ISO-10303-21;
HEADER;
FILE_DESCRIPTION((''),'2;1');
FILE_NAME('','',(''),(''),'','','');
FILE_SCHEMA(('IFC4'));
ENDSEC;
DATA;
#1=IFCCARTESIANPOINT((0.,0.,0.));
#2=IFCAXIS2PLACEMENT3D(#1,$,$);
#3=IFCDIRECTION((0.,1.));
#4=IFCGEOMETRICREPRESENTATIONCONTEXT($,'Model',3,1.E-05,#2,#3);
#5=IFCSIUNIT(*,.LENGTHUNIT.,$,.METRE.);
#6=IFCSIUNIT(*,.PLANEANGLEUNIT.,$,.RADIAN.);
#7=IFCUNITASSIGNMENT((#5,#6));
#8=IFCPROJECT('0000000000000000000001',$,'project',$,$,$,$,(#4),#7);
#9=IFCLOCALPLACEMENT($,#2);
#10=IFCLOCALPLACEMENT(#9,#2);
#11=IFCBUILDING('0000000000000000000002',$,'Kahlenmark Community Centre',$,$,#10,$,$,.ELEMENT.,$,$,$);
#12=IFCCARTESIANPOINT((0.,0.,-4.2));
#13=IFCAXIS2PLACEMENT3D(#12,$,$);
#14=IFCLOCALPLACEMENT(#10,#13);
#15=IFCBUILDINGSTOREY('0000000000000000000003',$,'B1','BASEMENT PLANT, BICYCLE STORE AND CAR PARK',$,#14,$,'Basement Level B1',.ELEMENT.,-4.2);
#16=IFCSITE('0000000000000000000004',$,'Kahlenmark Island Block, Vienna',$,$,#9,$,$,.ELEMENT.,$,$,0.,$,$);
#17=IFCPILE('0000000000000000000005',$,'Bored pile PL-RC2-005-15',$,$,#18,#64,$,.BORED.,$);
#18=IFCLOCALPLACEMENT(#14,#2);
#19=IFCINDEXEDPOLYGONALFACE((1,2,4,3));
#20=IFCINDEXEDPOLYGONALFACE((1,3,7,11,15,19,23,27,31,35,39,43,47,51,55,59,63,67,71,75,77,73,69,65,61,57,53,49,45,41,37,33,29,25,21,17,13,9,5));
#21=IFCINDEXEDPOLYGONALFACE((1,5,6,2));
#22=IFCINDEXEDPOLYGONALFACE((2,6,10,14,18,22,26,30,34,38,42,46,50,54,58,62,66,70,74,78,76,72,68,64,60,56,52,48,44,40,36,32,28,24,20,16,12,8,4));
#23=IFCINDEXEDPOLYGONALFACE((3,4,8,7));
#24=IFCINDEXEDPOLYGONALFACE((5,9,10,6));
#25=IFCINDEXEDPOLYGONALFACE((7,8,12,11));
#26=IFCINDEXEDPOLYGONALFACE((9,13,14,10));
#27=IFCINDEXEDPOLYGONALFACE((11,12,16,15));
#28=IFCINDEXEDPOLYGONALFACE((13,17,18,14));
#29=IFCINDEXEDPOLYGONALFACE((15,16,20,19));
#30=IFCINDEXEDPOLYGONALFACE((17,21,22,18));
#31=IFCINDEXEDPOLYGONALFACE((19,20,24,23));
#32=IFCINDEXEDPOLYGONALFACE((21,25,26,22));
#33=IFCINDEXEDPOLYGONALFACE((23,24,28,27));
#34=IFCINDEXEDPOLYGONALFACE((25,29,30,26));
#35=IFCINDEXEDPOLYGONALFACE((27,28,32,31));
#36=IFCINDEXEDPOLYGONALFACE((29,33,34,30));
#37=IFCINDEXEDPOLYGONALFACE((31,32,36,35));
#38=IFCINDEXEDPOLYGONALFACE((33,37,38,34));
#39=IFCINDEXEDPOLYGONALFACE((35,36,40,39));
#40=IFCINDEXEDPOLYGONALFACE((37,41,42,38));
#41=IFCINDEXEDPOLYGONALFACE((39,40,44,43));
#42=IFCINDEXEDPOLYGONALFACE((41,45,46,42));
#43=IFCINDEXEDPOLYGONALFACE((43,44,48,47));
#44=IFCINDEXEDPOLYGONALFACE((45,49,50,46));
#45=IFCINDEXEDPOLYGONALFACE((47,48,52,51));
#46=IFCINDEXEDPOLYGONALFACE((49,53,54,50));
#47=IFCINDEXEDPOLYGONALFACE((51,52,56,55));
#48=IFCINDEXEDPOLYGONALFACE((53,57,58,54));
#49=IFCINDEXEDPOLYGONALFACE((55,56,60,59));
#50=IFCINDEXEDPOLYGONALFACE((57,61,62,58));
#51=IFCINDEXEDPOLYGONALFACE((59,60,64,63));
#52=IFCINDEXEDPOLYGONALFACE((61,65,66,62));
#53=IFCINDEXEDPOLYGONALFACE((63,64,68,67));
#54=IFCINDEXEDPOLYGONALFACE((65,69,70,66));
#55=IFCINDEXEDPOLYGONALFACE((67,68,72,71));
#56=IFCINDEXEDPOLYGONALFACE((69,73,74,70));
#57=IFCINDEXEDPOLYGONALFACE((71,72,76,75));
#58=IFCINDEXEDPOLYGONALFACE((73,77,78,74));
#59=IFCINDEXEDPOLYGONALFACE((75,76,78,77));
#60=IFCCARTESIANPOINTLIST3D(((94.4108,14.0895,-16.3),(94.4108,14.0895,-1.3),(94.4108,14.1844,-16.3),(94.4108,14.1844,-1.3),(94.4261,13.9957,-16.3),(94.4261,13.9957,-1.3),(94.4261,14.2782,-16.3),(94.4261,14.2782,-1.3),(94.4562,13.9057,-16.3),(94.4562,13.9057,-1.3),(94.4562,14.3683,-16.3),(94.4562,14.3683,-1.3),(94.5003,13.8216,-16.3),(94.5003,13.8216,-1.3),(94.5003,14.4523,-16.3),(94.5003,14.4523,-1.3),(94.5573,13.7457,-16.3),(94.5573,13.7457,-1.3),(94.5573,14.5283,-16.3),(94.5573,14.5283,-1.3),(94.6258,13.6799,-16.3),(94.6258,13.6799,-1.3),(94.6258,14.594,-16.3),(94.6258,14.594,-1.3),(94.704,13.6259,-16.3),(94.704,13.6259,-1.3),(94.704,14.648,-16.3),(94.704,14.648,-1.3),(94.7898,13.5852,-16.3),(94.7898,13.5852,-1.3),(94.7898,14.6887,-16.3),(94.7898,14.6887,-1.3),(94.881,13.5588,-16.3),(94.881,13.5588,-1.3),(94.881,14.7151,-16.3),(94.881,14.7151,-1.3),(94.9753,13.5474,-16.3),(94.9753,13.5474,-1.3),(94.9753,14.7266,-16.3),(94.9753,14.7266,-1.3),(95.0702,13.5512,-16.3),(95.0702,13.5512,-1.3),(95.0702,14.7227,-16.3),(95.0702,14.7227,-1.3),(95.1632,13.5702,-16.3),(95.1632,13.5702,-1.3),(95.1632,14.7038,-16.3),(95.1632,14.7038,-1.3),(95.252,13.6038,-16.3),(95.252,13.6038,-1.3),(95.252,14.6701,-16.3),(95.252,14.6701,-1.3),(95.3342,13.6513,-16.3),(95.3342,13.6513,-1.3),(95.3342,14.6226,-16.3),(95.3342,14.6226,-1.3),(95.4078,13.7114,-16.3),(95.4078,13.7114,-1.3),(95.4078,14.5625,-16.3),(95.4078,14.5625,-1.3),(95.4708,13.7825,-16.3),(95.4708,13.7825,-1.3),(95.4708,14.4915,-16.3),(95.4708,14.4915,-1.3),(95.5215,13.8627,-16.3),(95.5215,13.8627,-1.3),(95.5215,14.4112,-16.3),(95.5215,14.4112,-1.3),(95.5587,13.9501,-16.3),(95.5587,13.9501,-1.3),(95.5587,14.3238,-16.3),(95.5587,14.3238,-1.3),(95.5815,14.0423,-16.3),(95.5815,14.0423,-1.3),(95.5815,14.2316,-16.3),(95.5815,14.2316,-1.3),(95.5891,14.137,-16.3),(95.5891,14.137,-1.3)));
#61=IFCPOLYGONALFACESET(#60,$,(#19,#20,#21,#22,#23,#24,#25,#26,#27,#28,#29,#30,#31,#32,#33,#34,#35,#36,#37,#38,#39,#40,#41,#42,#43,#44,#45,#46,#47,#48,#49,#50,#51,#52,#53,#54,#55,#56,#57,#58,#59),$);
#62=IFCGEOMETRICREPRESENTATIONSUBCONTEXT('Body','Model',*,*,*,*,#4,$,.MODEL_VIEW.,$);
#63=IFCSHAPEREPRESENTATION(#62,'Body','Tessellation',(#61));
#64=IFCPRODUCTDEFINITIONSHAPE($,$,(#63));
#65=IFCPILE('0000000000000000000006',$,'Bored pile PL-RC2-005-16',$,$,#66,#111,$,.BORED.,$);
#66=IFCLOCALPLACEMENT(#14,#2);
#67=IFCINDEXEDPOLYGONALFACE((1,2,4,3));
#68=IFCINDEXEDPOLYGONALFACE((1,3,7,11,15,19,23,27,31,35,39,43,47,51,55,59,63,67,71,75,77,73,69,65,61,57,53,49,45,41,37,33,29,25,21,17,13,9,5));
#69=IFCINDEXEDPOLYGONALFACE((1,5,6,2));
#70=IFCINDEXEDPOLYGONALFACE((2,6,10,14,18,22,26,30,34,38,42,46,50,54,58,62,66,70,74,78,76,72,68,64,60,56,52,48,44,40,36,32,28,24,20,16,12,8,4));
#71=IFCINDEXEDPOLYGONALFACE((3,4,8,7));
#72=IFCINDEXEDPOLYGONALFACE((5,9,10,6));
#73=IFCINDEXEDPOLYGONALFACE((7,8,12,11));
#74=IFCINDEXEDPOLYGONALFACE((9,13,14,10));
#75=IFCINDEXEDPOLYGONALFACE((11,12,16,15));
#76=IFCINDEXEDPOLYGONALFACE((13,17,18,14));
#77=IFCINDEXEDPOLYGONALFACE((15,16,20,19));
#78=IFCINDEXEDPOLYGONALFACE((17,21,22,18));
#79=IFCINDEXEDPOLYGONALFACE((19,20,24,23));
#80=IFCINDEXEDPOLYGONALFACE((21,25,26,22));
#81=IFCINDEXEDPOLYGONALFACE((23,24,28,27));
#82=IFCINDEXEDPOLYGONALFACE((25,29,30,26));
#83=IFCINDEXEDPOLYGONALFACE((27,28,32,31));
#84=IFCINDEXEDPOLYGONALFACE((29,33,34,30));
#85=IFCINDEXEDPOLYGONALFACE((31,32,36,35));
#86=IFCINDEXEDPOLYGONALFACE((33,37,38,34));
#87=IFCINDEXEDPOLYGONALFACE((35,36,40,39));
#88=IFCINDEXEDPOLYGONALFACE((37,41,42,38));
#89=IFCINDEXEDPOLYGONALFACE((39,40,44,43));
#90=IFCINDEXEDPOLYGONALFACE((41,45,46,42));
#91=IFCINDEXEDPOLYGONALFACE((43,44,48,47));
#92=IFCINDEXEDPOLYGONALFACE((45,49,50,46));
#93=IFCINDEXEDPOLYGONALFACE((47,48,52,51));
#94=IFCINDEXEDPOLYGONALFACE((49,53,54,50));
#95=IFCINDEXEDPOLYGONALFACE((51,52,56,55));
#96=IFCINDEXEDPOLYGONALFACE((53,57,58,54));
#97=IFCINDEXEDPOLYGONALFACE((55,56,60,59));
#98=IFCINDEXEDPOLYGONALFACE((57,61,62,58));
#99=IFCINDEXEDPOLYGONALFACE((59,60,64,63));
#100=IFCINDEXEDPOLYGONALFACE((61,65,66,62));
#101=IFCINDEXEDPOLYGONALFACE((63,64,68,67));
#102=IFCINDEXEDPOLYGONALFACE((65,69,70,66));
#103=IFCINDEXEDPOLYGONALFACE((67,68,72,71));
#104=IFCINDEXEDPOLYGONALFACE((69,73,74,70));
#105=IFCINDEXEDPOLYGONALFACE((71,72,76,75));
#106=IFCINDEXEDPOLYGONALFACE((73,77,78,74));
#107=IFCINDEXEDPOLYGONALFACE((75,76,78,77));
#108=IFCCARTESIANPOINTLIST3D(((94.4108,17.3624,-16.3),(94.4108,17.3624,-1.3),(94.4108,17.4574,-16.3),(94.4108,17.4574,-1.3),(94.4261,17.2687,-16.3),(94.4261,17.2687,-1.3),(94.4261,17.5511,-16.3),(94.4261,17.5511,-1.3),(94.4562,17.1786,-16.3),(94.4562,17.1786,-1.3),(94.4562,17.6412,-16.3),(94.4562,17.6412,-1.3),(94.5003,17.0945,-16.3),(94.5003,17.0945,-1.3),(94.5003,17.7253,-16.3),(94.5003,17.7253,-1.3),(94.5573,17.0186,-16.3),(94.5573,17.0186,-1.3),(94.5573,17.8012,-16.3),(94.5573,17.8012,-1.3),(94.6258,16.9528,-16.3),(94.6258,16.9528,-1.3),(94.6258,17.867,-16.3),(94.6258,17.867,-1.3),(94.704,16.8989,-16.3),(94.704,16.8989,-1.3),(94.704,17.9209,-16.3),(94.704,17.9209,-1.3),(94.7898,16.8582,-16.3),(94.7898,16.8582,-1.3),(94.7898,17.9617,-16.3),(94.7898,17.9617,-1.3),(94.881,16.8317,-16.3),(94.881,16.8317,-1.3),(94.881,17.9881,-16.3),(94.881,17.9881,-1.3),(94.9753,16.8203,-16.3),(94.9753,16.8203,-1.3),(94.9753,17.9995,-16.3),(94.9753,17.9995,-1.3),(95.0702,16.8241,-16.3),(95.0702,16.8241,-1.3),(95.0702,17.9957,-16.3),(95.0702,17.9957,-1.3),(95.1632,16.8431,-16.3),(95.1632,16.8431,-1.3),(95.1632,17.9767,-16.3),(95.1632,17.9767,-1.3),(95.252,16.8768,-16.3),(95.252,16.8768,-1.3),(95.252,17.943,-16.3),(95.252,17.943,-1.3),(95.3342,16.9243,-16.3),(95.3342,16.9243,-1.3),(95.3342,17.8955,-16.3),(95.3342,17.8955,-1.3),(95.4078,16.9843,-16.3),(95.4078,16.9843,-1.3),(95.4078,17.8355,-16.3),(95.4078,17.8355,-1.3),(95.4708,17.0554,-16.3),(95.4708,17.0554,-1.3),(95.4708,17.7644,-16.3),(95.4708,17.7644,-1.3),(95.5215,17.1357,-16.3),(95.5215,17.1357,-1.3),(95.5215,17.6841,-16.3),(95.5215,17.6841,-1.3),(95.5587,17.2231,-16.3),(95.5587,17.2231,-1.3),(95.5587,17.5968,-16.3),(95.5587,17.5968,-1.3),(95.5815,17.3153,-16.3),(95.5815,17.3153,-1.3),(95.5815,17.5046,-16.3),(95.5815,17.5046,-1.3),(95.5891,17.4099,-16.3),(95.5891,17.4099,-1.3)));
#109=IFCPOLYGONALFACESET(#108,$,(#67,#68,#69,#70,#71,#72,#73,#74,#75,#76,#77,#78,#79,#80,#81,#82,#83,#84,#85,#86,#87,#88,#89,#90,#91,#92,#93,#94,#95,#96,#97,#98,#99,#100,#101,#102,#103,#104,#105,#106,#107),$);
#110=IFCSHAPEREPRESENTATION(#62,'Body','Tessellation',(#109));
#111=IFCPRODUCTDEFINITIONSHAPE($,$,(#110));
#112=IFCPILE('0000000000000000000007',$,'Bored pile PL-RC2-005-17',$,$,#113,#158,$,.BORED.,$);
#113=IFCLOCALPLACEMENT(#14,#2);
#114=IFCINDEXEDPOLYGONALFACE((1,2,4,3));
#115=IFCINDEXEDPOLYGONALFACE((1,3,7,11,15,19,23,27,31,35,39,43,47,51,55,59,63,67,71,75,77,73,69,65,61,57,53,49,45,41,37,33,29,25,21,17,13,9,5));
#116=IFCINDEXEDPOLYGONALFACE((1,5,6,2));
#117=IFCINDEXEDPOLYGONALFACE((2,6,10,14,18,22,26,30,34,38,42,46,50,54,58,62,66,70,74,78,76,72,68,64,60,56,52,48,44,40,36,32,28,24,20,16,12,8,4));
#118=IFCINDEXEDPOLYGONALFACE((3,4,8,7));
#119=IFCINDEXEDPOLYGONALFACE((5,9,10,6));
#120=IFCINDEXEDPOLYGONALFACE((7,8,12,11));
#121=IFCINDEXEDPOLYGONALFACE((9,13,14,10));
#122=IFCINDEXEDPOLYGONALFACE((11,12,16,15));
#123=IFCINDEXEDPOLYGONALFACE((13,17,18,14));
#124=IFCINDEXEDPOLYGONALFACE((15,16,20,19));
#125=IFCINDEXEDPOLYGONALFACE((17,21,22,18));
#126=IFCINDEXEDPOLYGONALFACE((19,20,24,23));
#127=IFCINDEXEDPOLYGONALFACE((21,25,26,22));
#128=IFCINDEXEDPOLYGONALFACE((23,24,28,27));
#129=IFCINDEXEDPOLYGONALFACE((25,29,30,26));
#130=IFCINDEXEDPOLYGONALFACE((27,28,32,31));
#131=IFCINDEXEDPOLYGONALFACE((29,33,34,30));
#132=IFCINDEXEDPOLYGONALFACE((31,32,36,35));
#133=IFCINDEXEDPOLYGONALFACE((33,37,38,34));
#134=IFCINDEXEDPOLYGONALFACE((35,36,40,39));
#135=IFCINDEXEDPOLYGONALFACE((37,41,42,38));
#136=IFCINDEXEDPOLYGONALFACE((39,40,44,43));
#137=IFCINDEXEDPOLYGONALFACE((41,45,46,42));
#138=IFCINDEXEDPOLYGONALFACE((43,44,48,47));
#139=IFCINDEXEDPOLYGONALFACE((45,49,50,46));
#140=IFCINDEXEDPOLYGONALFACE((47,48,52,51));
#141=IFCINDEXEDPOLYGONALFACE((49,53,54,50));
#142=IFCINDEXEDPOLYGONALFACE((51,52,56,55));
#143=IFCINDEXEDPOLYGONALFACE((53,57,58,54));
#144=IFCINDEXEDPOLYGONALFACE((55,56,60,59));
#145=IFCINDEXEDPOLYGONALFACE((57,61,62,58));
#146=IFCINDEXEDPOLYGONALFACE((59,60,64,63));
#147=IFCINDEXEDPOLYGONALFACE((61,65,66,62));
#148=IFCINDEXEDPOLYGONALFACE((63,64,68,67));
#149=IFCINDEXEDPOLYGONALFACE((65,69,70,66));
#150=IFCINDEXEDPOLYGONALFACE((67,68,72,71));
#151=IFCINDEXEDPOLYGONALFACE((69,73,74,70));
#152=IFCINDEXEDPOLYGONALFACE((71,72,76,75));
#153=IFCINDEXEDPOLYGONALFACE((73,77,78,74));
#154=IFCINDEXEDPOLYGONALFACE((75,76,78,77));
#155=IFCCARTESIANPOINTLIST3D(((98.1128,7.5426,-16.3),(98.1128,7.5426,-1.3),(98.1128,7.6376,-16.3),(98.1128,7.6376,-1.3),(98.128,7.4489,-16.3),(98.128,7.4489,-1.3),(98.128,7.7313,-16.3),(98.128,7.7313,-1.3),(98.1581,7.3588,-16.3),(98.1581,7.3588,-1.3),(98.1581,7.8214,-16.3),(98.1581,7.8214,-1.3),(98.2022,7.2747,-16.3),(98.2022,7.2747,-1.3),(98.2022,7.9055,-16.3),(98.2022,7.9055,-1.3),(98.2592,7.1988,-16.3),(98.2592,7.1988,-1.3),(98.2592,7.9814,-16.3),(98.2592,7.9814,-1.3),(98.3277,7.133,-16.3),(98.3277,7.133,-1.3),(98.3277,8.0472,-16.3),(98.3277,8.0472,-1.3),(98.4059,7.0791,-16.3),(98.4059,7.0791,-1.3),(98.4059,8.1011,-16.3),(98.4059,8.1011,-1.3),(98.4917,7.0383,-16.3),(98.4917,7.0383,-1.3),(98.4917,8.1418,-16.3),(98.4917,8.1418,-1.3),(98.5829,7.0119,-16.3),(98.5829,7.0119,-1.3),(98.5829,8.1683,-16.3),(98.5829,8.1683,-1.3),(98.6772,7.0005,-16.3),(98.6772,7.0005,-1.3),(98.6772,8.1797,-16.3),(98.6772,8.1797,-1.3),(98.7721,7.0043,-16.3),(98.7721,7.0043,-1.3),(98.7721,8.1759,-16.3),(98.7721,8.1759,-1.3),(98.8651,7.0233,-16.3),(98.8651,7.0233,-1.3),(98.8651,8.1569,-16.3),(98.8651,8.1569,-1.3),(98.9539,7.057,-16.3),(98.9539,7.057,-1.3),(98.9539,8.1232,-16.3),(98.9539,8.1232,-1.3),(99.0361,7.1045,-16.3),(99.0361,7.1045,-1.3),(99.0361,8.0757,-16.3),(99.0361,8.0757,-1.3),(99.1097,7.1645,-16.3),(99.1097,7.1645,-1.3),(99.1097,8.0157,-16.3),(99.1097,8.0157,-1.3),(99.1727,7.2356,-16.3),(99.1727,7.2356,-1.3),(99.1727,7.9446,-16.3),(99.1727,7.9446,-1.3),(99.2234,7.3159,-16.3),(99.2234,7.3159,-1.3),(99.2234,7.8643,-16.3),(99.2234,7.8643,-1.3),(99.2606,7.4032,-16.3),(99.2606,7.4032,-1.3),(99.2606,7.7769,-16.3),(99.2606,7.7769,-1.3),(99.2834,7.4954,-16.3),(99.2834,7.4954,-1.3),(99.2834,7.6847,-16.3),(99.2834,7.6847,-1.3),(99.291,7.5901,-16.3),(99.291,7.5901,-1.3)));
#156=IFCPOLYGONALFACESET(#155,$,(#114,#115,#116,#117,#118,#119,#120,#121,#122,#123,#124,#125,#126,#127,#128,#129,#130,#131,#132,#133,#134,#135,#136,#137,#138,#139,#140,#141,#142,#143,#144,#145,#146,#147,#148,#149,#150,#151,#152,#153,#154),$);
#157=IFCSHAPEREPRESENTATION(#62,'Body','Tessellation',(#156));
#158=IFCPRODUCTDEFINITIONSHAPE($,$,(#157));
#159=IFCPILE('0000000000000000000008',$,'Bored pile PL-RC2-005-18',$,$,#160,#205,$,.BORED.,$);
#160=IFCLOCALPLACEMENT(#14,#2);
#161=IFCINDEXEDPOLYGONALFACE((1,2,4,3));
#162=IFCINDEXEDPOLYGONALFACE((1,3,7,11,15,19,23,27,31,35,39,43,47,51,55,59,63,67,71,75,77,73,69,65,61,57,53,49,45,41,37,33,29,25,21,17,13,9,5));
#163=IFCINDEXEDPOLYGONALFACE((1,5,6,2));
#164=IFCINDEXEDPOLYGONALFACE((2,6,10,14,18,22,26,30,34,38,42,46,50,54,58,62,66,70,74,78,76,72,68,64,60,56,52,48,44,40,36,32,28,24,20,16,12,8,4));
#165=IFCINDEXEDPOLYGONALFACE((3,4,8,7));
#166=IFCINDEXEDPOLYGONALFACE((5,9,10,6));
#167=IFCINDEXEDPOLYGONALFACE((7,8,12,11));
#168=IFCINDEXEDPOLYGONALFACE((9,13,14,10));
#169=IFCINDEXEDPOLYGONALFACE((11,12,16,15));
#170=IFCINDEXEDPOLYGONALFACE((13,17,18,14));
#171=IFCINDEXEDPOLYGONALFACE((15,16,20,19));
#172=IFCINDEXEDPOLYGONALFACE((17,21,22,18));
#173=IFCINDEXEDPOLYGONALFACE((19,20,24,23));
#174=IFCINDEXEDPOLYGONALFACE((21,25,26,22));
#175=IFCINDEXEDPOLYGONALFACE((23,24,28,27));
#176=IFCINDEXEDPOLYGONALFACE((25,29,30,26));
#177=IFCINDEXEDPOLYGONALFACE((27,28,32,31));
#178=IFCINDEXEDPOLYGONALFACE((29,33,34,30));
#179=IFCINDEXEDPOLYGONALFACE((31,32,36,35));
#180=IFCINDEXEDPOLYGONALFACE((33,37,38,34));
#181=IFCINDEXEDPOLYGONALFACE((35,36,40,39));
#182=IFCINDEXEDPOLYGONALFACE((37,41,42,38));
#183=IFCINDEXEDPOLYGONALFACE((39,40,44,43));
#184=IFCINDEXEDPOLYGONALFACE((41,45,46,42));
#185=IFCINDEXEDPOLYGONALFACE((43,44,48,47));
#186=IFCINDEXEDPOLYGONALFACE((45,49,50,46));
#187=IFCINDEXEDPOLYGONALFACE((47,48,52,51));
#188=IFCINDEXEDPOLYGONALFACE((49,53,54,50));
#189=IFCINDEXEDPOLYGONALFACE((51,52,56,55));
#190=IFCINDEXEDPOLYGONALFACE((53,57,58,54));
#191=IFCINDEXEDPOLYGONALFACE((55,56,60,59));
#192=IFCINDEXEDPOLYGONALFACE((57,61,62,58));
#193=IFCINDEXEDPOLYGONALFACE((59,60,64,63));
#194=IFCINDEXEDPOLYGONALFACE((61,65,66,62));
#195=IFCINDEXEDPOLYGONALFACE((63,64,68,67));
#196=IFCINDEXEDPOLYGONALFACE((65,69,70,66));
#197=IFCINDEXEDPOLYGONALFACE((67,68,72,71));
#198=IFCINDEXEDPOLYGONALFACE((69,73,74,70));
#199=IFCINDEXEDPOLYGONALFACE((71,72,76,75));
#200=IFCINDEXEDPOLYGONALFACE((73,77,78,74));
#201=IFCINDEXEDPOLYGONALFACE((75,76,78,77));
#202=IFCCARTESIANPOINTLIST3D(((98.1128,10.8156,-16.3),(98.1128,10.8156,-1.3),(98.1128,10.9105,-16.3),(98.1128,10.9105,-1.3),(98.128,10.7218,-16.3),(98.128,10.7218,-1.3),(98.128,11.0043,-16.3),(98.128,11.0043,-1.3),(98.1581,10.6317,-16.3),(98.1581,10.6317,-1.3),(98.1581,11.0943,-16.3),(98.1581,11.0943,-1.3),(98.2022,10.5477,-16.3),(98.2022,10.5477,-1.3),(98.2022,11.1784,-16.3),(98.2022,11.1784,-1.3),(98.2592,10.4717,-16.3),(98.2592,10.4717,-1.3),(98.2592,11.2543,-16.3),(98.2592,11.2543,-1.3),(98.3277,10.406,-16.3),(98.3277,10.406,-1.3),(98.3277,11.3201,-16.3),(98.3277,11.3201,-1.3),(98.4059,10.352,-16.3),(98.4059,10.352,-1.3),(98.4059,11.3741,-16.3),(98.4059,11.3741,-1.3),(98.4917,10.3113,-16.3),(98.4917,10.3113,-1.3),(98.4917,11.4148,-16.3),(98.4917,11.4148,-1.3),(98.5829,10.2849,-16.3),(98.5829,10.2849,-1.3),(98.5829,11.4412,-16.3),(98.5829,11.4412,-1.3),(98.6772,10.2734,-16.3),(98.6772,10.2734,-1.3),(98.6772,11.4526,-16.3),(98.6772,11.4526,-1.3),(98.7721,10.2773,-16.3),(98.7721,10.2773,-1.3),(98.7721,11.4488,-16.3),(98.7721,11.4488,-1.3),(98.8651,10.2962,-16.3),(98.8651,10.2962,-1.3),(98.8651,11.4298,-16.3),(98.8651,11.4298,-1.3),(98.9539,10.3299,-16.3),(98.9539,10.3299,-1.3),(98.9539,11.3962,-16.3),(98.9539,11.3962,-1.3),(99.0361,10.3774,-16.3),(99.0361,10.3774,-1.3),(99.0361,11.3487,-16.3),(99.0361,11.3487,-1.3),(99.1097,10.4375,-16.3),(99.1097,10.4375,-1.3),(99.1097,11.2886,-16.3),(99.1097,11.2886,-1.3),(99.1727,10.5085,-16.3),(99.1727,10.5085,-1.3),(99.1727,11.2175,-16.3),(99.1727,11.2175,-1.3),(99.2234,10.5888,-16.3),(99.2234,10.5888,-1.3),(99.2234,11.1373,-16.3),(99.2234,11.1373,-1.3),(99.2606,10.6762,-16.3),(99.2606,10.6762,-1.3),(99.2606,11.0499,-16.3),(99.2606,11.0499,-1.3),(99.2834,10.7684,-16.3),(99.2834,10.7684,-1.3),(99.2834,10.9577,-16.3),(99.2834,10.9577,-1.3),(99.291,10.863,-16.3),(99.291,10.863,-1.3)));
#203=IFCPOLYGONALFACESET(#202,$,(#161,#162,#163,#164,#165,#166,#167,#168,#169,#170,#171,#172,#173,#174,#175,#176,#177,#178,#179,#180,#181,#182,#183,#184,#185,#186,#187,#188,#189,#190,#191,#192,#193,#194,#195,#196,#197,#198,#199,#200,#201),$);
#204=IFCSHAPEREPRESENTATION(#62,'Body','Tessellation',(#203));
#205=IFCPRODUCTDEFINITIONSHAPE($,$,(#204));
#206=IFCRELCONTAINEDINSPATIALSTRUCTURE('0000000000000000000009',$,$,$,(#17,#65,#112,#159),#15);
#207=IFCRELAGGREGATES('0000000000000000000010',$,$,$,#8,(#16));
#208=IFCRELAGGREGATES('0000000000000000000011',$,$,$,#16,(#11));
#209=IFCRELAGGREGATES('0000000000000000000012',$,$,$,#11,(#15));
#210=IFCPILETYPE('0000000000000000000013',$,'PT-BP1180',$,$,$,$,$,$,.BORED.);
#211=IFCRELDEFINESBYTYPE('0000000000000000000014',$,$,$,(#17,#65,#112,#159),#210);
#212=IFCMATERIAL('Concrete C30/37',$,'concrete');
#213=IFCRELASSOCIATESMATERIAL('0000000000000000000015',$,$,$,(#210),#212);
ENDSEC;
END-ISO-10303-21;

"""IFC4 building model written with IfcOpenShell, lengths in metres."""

from ifc_helpers import new_model, si_unit, direction, frame, origin, origin_2d, place, context, subcontext, project, spatial, circle, extrude, material, material_profile, profile_set, type_object, element, save


model = new_model("IFC4")

# Units and contexts
model_context = context("Model", 3, precision=1e-05, world=origin(), true_north=direction((0.0, 1.0)))
body_context = subcontext(model_context, "Body", "Model", "MODEL_VIEW")
ifc_project = project(units=[si_unit("LENGTHUNIT", "METRE"), si_unit("PLANEANGLEUNIT", "RADIAN")], contexts=[model_context])

# Site, building, storey
site_placement = place(None, origin())
site = spatial("IfcSite", under=ifc_project, at=site_placement, Name="Kahlenmark Island Block, Vienna", CompositionType="ELEMENT", RefElevation=0.0)
building_placement = place(site_placement, origin())
building = spatial("IfcBuilding", under=site, at=building_placement, Name="Kahlenmark Community Centre", CompositionType="ELEMENT")
storey_placement = place(building_placement, frame((0.0, 0.0, -4.2)))
storey = spatial("IfcBuildingStorey", under=building, at=storey_placement, Name="B1", Description="BASEMENT PLANT, BICYCLE STORE AND CAR PARK", LongName="Basement Level B1", CompositionType="ELEMENT", Elevation=-4.2)

# Shared definitions
ifc_material_1 = material(Name="Concrete C30/37", Category="concrete")

# Piles
ifc_material_profile_1 = material_profile(ifc_material_1, circle(Radius=0.5901, at=origin_2d()), Name="BORED PILE 1180")
ifc_profile_set_1 = profile_set([ifc_material_profile_1], Name="Concrete C30/37")
pile_type_1 = type_object("IfcPileType", Name="PT-BP1180", PredefinedType="BORED", material=ifc_profile_set_1)
for number, where, z_axis, x_axis, name in (
    (1, (94.999, 14.137, -1.3), (0.0, 0.0, -1.0), (1.0, 0.0, 0.0), "Bored pile PL-RC2-005-15"),
    (2, (94.999, 17.4099, -1.3), (0.0, 0.0, -1.0), (1.0, 0.0, 0.0), "Bored pile PL-RC2-005-16"),
    (3, (98.7009, 7.5901, -1.3), (0.0, 0.0, -1.0), (1.0, 0.0, 0.0), "Bored pile PL-RC2-005-17"),
    (4, (98.7009, 10.863, -1.3), (0.0, 0.0, -1.0), (1.0, 0.0, 0.0), "Bored pile PL-RC2-005-18"),
):
    element("IfcPile", number, at=place(storey_placement, frame(where, z_axis=z_axis, x_axis=x_axis)), inside=storey, type_object=pile_type_1, Name=name, PredefinedType="BORED", context=body_context, shape_type="SweptSolid", body=[
        extrude(circle(Radius=0.5901, at=origin_2d()), origin(), (0.0, 0.0, 1.0), 15.0),
    ])

save(model, "model.ifc")
